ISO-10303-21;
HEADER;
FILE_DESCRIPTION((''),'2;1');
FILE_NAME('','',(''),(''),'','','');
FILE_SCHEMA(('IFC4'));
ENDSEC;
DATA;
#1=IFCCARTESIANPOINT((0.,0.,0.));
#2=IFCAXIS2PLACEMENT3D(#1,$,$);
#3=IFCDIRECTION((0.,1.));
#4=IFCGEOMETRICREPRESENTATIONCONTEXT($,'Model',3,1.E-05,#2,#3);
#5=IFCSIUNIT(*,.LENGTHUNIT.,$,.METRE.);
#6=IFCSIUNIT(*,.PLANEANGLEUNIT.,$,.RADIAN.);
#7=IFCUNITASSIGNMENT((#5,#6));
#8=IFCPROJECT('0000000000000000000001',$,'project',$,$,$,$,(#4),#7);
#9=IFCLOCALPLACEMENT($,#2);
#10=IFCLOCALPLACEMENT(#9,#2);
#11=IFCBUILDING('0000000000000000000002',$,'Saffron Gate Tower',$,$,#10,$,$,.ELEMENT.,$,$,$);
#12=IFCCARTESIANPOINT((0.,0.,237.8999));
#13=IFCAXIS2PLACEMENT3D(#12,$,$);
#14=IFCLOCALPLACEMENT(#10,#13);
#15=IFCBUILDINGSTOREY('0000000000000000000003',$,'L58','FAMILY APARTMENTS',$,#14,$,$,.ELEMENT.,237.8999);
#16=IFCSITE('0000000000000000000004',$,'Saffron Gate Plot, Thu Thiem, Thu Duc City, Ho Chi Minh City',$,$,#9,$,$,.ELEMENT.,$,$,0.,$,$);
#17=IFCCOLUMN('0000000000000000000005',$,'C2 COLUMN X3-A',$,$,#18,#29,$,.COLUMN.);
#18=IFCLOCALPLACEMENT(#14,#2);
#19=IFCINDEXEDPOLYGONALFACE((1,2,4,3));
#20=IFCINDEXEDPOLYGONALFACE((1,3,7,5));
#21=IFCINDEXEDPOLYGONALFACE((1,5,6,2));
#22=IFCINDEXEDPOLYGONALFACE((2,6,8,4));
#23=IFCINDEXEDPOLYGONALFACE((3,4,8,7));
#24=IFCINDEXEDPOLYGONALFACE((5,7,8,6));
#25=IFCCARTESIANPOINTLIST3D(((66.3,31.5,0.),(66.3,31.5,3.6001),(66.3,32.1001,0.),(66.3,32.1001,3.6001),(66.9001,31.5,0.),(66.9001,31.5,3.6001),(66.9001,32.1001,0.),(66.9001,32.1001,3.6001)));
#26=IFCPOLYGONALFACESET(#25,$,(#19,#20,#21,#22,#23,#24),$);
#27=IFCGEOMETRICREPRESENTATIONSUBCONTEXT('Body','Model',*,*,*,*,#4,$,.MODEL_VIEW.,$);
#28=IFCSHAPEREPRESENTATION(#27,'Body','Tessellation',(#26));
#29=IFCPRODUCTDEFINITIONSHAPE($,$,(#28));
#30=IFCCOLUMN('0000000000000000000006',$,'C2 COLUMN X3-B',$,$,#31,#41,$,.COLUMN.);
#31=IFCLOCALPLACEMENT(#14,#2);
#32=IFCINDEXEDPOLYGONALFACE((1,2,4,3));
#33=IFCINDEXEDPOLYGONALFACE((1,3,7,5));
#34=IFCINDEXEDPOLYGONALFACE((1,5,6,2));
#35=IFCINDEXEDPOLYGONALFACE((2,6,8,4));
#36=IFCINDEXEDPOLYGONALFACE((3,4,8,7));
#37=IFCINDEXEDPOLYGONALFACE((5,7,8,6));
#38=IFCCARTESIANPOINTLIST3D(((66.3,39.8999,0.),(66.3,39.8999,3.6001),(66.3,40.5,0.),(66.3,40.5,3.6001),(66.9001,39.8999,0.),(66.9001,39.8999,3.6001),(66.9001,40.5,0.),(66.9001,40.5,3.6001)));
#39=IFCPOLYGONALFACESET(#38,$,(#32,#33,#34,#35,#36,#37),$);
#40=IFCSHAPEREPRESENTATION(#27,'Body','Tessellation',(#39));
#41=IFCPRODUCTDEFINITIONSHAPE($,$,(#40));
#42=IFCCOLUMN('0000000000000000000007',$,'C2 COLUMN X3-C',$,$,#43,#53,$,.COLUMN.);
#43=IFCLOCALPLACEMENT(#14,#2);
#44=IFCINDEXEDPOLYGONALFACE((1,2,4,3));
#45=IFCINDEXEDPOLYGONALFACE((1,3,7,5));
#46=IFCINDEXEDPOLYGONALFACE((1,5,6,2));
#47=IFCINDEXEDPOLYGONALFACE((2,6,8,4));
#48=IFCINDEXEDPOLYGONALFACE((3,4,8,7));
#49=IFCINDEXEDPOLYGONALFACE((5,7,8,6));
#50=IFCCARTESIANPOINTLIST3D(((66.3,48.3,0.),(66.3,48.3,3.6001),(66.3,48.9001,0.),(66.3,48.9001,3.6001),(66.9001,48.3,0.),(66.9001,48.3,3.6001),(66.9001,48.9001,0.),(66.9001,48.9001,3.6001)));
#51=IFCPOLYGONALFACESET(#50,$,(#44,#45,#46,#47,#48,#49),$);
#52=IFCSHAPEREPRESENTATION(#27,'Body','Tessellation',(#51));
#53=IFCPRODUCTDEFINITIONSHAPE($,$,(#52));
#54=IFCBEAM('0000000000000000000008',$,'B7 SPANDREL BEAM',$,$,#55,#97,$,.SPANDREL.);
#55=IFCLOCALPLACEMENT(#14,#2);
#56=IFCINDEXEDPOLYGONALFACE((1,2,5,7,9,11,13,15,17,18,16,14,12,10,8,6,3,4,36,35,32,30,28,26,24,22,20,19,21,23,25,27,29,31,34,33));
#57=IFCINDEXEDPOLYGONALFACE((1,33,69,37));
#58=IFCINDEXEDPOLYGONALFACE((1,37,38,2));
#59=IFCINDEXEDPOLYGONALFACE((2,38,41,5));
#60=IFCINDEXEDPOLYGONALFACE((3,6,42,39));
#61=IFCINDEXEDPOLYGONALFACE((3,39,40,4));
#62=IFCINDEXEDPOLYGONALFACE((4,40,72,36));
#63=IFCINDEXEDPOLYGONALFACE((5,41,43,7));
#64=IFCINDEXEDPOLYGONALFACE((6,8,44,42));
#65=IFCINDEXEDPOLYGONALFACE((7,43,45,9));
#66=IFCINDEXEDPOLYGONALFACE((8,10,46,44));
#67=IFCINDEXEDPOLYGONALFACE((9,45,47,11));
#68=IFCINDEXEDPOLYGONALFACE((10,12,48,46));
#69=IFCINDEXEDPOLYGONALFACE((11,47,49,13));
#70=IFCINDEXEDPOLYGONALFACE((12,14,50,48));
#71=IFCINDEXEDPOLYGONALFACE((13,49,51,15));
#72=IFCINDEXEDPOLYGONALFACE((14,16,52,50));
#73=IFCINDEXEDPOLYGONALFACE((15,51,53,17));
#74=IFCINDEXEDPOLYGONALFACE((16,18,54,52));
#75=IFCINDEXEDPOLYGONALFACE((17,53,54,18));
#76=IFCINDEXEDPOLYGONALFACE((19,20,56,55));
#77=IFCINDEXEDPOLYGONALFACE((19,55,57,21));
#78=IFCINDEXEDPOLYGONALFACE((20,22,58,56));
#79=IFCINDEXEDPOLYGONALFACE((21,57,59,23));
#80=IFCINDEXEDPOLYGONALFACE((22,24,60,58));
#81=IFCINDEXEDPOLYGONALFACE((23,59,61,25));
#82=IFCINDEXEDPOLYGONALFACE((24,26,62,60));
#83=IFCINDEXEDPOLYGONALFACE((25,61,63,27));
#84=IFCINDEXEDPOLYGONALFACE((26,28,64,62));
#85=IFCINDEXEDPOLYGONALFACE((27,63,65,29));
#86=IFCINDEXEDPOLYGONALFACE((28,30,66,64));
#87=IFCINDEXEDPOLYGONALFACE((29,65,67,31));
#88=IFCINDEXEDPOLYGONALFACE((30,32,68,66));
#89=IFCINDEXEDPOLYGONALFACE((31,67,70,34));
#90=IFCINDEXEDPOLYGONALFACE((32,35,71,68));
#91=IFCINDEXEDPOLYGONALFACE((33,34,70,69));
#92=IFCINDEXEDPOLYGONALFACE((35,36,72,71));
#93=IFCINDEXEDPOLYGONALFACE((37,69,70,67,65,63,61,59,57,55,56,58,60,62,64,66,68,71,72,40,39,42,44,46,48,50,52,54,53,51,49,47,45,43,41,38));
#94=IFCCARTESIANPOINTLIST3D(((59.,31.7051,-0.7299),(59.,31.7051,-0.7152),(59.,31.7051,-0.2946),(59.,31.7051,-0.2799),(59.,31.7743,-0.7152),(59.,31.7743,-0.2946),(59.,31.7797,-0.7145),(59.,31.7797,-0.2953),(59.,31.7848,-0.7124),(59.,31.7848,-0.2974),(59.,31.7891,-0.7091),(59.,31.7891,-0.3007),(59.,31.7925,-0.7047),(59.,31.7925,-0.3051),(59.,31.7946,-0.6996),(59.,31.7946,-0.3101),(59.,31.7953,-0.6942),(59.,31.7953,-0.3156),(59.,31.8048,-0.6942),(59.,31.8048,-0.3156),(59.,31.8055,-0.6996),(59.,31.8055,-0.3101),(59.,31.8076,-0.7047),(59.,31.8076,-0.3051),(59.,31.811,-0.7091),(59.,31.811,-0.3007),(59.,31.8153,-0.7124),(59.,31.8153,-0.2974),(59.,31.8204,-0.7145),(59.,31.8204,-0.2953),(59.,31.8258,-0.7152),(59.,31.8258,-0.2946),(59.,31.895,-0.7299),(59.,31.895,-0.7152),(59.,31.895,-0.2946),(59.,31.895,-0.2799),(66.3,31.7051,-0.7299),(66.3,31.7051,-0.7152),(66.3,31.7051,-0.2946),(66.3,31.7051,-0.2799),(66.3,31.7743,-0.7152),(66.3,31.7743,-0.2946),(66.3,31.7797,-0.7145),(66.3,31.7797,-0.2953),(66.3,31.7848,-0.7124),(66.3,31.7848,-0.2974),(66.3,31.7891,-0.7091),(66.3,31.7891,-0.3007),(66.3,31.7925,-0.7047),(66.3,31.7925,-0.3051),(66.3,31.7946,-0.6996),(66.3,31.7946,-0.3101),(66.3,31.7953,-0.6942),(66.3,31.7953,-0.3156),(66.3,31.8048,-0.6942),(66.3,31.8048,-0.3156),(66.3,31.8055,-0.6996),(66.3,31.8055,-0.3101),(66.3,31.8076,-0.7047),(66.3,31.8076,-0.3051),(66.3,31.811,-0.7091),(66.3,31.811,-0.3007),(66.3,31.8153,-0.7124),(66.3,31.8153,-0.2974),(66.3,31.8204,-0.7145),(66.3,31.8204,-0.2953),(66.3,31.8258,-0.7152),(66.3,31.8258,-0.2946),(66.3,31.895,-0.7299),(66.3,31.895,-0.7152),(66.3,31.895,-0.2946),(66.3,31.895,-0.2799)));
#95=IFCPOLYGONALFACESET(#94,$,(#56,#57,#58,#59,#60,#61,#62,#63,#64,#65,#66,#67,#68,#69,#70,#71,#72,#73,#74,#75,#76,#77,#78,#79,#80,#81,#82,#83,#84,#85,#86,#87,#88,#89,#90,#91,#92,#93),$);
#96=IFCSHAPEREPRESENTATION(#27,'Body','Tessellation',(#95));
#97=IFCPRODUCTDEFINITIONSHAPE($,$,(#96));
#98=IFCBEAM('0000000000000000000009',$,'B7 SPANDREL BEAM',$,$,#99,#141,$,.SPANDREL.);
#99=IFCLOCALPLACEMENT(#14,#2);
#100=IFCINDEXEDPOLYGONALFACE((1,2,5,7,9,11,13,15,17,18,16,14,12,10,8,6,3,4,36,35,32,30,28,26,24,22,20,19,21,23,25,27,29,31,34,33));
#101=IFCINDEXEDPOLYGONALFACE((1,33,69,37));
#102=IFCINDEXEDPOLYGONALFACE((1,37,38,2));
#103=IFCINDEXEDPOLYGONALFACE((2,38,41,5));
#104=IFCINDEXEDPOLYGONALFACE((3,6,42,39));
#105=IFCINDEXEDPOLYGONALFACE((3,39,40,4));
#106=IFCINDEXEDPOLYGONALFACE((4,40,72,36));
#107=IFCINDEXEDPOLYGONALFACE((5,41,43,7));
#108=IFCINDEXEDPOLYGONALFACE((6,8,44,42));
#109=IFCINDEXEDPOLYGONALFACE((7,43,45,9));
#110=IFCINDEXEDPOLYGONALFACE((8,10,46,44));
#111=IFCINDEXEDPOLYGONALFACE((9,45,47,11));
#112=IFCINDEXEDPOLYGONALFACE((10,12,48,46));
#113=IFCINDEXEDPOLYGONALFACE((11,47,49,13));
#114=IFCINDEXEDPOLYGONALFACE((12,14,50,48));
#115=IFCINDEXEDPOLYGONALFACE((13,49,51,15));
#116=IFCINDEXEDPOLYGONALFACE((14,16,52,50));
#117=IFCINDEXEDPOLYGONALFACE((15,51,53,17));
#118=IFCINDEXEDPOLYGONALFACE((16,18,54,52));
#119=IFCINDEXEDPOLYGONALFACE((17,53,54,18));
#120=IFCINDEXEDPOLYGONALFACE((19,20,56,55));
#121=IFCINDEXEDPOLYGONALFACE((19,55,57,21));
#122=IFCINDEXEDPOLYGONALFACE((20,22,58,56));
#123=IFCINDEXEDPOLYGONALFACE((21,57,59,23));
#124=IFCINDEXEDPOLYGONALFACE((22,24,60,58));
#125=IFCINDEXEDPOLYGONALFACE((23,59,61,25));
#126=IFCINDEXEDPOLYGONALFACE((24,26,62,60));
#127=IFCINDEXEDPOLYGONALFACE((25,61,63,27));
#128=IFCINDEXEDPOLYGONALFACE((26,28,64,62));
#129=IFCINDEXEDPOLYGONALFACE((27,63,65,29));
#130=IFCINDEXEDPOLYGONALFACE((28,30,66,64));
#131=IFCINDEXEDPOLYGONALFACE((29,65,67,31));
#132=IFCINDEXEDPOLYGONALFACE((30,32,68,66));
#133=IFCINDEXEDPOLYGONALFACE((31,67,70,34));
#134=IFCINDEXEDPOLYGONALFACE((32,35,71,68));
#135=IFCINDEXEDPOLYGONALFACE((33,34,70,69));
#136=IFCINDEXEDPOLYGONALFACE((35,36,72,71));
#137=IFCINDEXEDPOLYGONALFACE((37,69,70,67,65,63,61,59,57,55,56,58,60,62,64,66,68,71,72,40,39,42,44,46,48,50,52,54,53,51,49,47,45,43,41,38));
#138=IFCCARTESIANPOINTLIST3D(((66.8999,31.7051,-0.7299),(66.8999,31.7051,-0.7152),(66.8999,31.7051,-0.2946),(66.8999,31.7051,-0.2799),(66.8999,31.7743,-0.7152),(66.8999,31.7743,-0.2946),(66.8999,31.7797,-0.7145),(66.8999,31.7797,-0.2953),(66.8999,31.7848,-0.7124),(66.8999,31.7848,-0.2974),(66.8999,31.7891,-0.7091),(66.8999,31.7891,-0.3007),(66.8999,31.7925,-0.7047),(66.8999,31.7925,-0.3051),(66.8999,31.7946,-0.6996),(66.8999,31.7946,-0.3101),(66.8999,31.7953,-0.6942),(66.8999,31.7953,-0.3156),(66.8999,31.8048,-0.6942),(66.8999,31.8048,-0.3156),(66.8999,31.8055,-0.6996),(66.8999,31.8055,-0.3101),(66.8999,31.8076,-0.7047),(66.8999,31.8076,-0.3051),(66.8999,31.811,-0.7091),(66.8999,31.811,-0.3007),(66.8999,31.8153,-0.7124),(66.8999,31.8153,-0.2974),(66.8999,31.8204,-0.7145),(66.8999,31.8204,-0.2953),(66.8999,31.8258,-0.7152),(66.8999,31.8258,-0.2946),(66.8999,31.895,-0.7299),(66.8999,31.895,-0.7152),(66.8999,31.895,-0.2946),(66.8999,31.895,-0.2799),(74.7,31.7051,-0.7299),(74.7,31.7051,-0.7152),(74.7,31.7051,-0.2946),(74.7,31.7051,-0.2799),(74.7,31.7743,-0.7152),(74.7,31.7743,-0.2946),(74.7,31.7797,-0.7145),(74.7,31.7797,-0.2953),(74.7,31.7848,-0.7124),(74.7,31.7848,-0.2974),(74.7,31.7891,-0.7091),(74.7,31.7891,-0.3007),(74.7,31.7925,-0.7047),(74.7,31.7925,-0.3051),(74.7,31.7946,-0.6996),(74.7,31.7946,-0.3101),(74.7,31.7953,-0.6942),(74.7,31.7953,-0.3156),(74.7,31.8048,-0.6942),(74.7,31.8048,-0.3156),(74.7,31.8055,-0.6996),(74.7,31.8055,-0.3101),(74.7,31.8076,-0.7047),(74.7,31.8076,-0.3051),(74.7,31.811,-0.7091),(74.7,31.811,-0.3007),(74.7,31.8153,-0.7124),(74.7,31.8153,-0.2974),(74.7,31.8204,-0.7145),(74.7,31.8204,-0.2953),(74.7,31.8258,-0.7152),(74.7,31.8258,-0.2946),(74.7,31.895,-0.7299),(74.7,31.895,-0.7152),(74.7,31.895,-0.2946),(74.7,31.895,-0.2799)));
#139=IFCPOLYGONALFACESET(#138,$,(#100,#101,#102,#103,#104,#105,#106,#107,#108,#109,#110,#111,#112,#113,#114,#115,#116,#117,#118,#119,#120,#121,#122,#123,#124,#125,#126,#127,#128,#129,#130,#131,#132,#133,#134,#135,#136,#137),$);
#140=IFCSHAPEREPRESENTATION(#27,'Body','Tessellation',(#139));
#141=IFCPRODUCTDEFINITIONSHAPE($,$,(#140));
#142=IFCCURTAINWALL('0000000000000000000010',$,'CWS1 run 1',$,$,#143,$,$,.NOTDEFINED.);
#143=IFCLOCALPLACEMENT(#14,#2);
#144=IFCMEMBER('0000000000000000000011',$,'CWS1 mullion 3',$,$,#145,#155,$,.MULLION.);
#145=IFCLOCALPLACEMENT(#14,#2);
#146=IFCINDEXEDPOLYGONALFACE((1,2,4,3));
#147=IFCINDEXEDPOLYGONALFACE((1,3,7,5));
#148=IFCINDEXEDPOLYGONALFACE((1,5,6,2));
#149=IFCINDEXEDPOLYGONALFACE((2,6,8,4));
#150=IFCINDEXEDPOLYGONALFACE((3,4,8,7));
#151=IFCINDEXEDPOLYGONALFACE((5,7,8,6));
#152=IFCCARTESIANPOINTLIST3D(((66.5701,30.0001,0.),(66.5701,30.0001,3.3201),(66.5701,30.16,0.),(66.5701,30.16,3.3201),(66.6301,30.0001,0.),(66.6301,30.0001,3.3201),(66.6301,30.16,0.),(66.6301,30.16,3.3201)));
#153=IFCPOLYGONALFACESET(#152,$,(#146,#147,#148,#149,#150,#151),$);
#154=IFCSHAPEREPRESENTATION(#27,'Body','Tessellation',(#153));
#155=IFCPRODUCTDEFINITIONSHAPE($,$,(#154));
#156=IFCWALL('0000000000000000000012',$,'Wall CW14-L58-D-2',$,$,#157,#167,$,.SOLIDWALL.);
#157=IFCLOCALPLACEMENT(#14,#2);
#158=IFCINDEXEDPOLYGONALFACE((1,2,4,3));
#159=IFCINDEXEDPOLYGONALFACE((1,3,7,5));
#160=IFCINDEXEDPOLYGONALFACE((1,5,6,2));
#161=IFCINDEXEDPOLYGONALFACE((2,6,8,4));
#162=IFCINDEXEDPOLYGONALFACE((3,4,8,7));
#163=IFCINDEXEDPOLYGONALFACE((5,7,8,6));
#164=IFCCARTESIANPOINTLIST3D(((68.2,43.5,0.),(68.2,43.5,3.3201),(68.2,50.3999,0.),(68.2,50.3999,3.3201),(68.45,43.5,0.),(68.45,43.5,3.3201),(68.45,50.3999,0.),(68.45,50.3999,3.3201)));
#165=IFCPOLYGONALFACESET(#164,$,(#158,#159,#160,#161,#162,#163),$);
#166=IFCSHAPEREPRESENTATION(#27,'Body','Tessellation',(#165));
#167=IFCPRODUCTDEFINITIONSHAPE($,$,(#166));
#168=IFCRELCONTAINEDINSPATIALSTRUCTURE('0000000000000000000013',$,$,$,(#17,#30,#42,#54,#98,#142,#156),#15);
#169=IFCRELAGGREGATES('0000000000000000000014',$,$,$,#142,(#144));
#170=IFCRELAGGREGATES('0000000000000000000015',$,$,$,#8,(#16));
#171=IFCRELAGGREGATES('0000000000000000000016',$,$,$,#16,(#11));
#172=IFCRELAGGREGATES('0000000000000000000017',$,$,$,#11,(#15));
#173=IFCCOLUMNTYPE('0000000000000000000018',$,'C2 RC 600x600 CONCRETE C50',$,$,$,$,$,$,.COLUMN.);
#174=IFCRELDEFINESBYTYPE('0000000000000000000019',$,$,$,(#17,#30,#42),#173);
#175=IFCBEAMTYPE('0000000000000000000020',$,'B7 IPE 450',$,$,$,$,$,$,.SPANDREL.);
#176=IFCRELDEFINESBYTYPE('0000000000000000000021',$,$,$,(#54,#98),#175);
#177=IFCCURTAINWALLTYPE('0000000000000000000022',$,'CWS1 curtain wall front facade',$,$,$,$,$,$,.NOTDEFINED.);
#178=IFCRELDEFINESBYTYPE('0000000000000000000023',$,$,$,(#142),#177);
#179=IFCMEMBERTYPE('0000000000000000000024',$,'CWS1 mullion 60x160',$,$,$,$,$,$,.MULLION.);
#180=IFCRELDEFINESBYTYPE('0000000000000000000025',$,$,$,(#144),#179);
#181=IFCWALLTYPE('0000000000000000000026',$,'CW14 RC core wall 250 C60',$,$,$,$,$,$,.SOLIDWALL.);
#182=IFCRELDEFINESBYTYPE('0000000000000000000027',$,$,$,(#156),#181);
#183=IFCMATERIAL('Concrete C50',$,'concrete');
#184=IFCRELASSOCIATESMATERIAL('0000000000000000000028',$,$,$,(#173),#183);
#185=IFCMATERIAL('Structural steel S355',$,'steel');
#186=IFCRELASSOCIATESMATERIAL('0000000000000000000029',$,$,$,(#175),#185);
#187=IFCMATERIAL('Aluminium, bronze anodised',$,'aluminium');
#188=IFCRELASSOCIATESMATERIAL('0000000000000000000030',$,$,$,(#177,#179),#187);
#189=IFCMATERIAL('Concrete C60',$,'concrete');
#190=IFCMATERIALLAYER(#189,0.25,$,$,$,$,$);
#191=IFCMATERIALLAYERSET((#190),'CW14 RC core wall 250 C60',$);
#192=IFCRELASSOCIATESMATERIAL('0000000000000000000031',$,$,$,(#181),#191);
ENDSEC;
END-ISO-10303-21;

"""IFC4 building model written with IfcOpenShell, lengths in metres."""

from ifc_helpers import new_model, si_unit, direction, frame, frame_2d, origin, origin_2d, place, context, subcontext, project, spatial, rectangle, i_section, extrude, material, layer, layer_set, material_profile, profile_set, type_object, element, aggregate, save


model = new_model("IFC4")

# Units and contexts
model_context = context("Model", 3, precision=1e-05, world=origin(), true_north=direction((0.0, 1.0)))
body_context = subcontext(model_context, "Body", "Model", "MODEL_VIEW")
ifc_project = project(units=[si_unit("LENGTHUNIT", "METRE"), si_unit("PLANEANGLEUNIT", "RADIAN")], contexts=[model_context])

# Site, building, storey
site_placement = place(None, origin())
site = spatial("IfcSite", under=ifc_project, at=site_placement, Name="Saffron Gate Plot, Thu Thiem, Thu Duc City, Ho Chi Minh City", CompositionType="ELEMENT", RefElevation=0.0)
building_placement = place(site_placement, origin())
building = spatial("IfcBuilding", under=site, at=building_placement, Name="Saffron Gate Tower", CompositionType="ELEMENT")
storey_placement = place(building_placement, frame((0.0, 0.0, 237.8999)))
storey = spatial("IfcBuildingStorey", under=building, at=storey_placement, Name="L58", Description="FAMILY APARTMENTS", CompositionType="ELEMENT", Elevation=237.8999)

# Columns
ifc_material_1 = material(Name="Concrete C50", Category="concrete")
ifc_material_profile_1 = material_profile(ifc_material_1, rectangle(XDim=0.6001, YDim=0.6001, at=origin_2d()))
ifc_profile_set_1 = profile_set([ifc_material_profile_1], Name="Concrete C50")
column_type = type_object("IfcColumnType", Name="C2 RC 600x600 CONCRETE C50", PredefinedType="COLUMN", material=ifc_profile_set_1)
for number, where, z_axis, x_axis, name in (
    (1, (66.6001, 31.8, 0.0), (0.0, 0.0, 1.0), (1.0, 0.0, 0.0), "C2 COLUMN X3-A"),
    (2, (66.6001, 40.2, 0.0), (0.0, 0.0, 1.0), (1.0, 0.0, 0.0), "C2 COLUMN X3-B"),
    (3, (66.6001, 48.6001, 0.0), (0.0, 0.0, 1.0), (1.0, 0.0, 0.0), "C2 COLUMN X3-C"),
):
    element("IfcColumn", number, at=place(storey_placement, frame(where, z_axis=z_axis, x_axis=x_axis)), inside=storey, type_object=column_type, Name=name, PredefinedType="COLUMN", context=body_context, shape_type="SweptSolid", body=[
        extrude(rectangle(XDim=0.6001, YDim=0.6001, at=origin_2d()), origin(), (0.0, 0.0, 1.0), 3.6001),
    ])

# Beams
ifc_material_2 = material(Name="Structural steel S355", Category="steel")
ifc_material_profile_2 = material_profile(ifc_material_2, i_section(OverallWidth=0.1899, OverallDepth=0.45, WebThickness=0.0095, FlangeThickness=0.0146, FilletRadius=0.021, at=origin_2d()))
ifc_profile_set_2 = profile_set([ifc_material_profile_2], Name="Structural steel S355")
beam_type = type_object("IfcBeamType", Name="B7 IPE 450", PredefinedType="SPANDREL", material=ifc_profile_set_2)
beam_1_placement = place(storey_placement, frame((59.0, 31.8, -0.5049), z_axis=(1.0, 0.0, 0.0), x_axis=(0.0, 1.0, 0.0)))
element("IfcBeam", 4, at=beam_1_placement, inside=storey, type_object=beam_type, Name="B7 SPANDREL BEAM", PredefinedType="SPANDREL", context=body_context, shape_type="SweptSolid", body=[
    extrude(i_section(OverallWidth=0.1899, OverallDepth=0.45, WebThickness=0.0095, FlangeThickness=0.0146, FilletRadius=0.021, at=origin_2d()), origin(), (0.0, 0.0, 1.0), 7.3),
])
beam_2_placement = place(storey_placement, frame((66.8999, 31.8, -0.5049), z_axis=(1.0, 0.0, 0.0), x_axis=(0.0, 1.0, 0.0)))
element("IfcBeam", 5, at=beam_2_placement, inside=storey, type_object=beam_type, Name="B7 SPANDREL BEAM", PredefinedType="SPANDREL", context=body_context, shape_type="SweptSolid", body=[
    extrude(i_section(OverallWidth=0.1899, OverallDepth=0.45, WebThickness=0.0095, FlangeThickness=0.0146, FilletRadius=0.021, at=origin_2d()), origin(), (0.0, 0.0, 1.0), 7.8),
])

# Curtain wall, member
ifc_material_3 = material(Name="Aluminium, bronze anodised", Category="aluminium")
curtain_wall_type = type_object("IfcCurtainWallType", Name="CWS1 curtain wall front facade", PredefinedType="NOTDEFINED", material=ifc_material_3)
curtain_wall_placement = place(storey_placement, origin())
curtain_wall = element("IfcCurtainWall", 6, at=curtain_wall_placement, inside=storey, type_object=curtain_wall_type, Name="CWS1 run 1", PredefinedType="NOTDEFINED")
ifc_material_profile_3 = material_profile(ifc_material_3, rectangle(XDim=0.1599, YDim=0.0601, at=origin_2d()))
ifc_profile_set_3 = profile_set([ifc_material_profile_3], Name="Aluminium, bronze anodised")
member_type = type_object("IfcMemberType", Name="CWS1 mullion 60x160", PredefinedType="MULLION", material=ifc_profile_set_3)
member_placement = place(storey_placement, frame((66.6001, 30.0801, 0.0), z_axis=(0.0, 0.0, 1.0), x_axis=(0.0, 1.0, 0.0)))
member = element("IfcMember", 7, at=member_placement, type_object=member_type, Name="CWS1 mullion 3", PredefinedType="MULLION", context=body_context, shape_type="SweptSolid", body=[
    extrude(rectangle(XDim=0.1599, YDim=0.0601, at=origin_2d()), origin(), (0.0, 0.0, 1.0), 3.3201),
])
aggregate(curtain_wall, [member])

# Wall
ifc_material_4 = material(Name="Concrete C60", Category="concrete")
ifc_layer_1 = layer(ifc_material_4, 0.25)
ifc_layer_set_1 = layer_set([ifc_layer_1], Name="CW14 RC core wall 250 C60")
wall_type_1 = type_object("IfcWallType", Name="CW14 RC core wall 250 C60", PredefinedType="SOLIDWALL", material=ifc_layer_set_1)
wall_1_placement = place(storey_placement, frame((68.325, 43.5, 0.0), z_axis=(0.0, 0.0, 1.0), x_axis=(0.0, 1.0, 0.0)))
element("IfcWall", 8, at=wall_1_placement, inside=storey, type_object=wall_type_1, Name="Wall CW14-L58-D-2", PredefinedType="SOLIDWALL", context=body_context, shape_type="SweptSolid", body=[
    extrude(rectangle(XDim=6.8999, YDim=0.25, at=frame_2d((3.45, 0.0))), origin(), (0.0, 0.0, 1.0), 3.3201),
])

save(model, "model.ifc")
